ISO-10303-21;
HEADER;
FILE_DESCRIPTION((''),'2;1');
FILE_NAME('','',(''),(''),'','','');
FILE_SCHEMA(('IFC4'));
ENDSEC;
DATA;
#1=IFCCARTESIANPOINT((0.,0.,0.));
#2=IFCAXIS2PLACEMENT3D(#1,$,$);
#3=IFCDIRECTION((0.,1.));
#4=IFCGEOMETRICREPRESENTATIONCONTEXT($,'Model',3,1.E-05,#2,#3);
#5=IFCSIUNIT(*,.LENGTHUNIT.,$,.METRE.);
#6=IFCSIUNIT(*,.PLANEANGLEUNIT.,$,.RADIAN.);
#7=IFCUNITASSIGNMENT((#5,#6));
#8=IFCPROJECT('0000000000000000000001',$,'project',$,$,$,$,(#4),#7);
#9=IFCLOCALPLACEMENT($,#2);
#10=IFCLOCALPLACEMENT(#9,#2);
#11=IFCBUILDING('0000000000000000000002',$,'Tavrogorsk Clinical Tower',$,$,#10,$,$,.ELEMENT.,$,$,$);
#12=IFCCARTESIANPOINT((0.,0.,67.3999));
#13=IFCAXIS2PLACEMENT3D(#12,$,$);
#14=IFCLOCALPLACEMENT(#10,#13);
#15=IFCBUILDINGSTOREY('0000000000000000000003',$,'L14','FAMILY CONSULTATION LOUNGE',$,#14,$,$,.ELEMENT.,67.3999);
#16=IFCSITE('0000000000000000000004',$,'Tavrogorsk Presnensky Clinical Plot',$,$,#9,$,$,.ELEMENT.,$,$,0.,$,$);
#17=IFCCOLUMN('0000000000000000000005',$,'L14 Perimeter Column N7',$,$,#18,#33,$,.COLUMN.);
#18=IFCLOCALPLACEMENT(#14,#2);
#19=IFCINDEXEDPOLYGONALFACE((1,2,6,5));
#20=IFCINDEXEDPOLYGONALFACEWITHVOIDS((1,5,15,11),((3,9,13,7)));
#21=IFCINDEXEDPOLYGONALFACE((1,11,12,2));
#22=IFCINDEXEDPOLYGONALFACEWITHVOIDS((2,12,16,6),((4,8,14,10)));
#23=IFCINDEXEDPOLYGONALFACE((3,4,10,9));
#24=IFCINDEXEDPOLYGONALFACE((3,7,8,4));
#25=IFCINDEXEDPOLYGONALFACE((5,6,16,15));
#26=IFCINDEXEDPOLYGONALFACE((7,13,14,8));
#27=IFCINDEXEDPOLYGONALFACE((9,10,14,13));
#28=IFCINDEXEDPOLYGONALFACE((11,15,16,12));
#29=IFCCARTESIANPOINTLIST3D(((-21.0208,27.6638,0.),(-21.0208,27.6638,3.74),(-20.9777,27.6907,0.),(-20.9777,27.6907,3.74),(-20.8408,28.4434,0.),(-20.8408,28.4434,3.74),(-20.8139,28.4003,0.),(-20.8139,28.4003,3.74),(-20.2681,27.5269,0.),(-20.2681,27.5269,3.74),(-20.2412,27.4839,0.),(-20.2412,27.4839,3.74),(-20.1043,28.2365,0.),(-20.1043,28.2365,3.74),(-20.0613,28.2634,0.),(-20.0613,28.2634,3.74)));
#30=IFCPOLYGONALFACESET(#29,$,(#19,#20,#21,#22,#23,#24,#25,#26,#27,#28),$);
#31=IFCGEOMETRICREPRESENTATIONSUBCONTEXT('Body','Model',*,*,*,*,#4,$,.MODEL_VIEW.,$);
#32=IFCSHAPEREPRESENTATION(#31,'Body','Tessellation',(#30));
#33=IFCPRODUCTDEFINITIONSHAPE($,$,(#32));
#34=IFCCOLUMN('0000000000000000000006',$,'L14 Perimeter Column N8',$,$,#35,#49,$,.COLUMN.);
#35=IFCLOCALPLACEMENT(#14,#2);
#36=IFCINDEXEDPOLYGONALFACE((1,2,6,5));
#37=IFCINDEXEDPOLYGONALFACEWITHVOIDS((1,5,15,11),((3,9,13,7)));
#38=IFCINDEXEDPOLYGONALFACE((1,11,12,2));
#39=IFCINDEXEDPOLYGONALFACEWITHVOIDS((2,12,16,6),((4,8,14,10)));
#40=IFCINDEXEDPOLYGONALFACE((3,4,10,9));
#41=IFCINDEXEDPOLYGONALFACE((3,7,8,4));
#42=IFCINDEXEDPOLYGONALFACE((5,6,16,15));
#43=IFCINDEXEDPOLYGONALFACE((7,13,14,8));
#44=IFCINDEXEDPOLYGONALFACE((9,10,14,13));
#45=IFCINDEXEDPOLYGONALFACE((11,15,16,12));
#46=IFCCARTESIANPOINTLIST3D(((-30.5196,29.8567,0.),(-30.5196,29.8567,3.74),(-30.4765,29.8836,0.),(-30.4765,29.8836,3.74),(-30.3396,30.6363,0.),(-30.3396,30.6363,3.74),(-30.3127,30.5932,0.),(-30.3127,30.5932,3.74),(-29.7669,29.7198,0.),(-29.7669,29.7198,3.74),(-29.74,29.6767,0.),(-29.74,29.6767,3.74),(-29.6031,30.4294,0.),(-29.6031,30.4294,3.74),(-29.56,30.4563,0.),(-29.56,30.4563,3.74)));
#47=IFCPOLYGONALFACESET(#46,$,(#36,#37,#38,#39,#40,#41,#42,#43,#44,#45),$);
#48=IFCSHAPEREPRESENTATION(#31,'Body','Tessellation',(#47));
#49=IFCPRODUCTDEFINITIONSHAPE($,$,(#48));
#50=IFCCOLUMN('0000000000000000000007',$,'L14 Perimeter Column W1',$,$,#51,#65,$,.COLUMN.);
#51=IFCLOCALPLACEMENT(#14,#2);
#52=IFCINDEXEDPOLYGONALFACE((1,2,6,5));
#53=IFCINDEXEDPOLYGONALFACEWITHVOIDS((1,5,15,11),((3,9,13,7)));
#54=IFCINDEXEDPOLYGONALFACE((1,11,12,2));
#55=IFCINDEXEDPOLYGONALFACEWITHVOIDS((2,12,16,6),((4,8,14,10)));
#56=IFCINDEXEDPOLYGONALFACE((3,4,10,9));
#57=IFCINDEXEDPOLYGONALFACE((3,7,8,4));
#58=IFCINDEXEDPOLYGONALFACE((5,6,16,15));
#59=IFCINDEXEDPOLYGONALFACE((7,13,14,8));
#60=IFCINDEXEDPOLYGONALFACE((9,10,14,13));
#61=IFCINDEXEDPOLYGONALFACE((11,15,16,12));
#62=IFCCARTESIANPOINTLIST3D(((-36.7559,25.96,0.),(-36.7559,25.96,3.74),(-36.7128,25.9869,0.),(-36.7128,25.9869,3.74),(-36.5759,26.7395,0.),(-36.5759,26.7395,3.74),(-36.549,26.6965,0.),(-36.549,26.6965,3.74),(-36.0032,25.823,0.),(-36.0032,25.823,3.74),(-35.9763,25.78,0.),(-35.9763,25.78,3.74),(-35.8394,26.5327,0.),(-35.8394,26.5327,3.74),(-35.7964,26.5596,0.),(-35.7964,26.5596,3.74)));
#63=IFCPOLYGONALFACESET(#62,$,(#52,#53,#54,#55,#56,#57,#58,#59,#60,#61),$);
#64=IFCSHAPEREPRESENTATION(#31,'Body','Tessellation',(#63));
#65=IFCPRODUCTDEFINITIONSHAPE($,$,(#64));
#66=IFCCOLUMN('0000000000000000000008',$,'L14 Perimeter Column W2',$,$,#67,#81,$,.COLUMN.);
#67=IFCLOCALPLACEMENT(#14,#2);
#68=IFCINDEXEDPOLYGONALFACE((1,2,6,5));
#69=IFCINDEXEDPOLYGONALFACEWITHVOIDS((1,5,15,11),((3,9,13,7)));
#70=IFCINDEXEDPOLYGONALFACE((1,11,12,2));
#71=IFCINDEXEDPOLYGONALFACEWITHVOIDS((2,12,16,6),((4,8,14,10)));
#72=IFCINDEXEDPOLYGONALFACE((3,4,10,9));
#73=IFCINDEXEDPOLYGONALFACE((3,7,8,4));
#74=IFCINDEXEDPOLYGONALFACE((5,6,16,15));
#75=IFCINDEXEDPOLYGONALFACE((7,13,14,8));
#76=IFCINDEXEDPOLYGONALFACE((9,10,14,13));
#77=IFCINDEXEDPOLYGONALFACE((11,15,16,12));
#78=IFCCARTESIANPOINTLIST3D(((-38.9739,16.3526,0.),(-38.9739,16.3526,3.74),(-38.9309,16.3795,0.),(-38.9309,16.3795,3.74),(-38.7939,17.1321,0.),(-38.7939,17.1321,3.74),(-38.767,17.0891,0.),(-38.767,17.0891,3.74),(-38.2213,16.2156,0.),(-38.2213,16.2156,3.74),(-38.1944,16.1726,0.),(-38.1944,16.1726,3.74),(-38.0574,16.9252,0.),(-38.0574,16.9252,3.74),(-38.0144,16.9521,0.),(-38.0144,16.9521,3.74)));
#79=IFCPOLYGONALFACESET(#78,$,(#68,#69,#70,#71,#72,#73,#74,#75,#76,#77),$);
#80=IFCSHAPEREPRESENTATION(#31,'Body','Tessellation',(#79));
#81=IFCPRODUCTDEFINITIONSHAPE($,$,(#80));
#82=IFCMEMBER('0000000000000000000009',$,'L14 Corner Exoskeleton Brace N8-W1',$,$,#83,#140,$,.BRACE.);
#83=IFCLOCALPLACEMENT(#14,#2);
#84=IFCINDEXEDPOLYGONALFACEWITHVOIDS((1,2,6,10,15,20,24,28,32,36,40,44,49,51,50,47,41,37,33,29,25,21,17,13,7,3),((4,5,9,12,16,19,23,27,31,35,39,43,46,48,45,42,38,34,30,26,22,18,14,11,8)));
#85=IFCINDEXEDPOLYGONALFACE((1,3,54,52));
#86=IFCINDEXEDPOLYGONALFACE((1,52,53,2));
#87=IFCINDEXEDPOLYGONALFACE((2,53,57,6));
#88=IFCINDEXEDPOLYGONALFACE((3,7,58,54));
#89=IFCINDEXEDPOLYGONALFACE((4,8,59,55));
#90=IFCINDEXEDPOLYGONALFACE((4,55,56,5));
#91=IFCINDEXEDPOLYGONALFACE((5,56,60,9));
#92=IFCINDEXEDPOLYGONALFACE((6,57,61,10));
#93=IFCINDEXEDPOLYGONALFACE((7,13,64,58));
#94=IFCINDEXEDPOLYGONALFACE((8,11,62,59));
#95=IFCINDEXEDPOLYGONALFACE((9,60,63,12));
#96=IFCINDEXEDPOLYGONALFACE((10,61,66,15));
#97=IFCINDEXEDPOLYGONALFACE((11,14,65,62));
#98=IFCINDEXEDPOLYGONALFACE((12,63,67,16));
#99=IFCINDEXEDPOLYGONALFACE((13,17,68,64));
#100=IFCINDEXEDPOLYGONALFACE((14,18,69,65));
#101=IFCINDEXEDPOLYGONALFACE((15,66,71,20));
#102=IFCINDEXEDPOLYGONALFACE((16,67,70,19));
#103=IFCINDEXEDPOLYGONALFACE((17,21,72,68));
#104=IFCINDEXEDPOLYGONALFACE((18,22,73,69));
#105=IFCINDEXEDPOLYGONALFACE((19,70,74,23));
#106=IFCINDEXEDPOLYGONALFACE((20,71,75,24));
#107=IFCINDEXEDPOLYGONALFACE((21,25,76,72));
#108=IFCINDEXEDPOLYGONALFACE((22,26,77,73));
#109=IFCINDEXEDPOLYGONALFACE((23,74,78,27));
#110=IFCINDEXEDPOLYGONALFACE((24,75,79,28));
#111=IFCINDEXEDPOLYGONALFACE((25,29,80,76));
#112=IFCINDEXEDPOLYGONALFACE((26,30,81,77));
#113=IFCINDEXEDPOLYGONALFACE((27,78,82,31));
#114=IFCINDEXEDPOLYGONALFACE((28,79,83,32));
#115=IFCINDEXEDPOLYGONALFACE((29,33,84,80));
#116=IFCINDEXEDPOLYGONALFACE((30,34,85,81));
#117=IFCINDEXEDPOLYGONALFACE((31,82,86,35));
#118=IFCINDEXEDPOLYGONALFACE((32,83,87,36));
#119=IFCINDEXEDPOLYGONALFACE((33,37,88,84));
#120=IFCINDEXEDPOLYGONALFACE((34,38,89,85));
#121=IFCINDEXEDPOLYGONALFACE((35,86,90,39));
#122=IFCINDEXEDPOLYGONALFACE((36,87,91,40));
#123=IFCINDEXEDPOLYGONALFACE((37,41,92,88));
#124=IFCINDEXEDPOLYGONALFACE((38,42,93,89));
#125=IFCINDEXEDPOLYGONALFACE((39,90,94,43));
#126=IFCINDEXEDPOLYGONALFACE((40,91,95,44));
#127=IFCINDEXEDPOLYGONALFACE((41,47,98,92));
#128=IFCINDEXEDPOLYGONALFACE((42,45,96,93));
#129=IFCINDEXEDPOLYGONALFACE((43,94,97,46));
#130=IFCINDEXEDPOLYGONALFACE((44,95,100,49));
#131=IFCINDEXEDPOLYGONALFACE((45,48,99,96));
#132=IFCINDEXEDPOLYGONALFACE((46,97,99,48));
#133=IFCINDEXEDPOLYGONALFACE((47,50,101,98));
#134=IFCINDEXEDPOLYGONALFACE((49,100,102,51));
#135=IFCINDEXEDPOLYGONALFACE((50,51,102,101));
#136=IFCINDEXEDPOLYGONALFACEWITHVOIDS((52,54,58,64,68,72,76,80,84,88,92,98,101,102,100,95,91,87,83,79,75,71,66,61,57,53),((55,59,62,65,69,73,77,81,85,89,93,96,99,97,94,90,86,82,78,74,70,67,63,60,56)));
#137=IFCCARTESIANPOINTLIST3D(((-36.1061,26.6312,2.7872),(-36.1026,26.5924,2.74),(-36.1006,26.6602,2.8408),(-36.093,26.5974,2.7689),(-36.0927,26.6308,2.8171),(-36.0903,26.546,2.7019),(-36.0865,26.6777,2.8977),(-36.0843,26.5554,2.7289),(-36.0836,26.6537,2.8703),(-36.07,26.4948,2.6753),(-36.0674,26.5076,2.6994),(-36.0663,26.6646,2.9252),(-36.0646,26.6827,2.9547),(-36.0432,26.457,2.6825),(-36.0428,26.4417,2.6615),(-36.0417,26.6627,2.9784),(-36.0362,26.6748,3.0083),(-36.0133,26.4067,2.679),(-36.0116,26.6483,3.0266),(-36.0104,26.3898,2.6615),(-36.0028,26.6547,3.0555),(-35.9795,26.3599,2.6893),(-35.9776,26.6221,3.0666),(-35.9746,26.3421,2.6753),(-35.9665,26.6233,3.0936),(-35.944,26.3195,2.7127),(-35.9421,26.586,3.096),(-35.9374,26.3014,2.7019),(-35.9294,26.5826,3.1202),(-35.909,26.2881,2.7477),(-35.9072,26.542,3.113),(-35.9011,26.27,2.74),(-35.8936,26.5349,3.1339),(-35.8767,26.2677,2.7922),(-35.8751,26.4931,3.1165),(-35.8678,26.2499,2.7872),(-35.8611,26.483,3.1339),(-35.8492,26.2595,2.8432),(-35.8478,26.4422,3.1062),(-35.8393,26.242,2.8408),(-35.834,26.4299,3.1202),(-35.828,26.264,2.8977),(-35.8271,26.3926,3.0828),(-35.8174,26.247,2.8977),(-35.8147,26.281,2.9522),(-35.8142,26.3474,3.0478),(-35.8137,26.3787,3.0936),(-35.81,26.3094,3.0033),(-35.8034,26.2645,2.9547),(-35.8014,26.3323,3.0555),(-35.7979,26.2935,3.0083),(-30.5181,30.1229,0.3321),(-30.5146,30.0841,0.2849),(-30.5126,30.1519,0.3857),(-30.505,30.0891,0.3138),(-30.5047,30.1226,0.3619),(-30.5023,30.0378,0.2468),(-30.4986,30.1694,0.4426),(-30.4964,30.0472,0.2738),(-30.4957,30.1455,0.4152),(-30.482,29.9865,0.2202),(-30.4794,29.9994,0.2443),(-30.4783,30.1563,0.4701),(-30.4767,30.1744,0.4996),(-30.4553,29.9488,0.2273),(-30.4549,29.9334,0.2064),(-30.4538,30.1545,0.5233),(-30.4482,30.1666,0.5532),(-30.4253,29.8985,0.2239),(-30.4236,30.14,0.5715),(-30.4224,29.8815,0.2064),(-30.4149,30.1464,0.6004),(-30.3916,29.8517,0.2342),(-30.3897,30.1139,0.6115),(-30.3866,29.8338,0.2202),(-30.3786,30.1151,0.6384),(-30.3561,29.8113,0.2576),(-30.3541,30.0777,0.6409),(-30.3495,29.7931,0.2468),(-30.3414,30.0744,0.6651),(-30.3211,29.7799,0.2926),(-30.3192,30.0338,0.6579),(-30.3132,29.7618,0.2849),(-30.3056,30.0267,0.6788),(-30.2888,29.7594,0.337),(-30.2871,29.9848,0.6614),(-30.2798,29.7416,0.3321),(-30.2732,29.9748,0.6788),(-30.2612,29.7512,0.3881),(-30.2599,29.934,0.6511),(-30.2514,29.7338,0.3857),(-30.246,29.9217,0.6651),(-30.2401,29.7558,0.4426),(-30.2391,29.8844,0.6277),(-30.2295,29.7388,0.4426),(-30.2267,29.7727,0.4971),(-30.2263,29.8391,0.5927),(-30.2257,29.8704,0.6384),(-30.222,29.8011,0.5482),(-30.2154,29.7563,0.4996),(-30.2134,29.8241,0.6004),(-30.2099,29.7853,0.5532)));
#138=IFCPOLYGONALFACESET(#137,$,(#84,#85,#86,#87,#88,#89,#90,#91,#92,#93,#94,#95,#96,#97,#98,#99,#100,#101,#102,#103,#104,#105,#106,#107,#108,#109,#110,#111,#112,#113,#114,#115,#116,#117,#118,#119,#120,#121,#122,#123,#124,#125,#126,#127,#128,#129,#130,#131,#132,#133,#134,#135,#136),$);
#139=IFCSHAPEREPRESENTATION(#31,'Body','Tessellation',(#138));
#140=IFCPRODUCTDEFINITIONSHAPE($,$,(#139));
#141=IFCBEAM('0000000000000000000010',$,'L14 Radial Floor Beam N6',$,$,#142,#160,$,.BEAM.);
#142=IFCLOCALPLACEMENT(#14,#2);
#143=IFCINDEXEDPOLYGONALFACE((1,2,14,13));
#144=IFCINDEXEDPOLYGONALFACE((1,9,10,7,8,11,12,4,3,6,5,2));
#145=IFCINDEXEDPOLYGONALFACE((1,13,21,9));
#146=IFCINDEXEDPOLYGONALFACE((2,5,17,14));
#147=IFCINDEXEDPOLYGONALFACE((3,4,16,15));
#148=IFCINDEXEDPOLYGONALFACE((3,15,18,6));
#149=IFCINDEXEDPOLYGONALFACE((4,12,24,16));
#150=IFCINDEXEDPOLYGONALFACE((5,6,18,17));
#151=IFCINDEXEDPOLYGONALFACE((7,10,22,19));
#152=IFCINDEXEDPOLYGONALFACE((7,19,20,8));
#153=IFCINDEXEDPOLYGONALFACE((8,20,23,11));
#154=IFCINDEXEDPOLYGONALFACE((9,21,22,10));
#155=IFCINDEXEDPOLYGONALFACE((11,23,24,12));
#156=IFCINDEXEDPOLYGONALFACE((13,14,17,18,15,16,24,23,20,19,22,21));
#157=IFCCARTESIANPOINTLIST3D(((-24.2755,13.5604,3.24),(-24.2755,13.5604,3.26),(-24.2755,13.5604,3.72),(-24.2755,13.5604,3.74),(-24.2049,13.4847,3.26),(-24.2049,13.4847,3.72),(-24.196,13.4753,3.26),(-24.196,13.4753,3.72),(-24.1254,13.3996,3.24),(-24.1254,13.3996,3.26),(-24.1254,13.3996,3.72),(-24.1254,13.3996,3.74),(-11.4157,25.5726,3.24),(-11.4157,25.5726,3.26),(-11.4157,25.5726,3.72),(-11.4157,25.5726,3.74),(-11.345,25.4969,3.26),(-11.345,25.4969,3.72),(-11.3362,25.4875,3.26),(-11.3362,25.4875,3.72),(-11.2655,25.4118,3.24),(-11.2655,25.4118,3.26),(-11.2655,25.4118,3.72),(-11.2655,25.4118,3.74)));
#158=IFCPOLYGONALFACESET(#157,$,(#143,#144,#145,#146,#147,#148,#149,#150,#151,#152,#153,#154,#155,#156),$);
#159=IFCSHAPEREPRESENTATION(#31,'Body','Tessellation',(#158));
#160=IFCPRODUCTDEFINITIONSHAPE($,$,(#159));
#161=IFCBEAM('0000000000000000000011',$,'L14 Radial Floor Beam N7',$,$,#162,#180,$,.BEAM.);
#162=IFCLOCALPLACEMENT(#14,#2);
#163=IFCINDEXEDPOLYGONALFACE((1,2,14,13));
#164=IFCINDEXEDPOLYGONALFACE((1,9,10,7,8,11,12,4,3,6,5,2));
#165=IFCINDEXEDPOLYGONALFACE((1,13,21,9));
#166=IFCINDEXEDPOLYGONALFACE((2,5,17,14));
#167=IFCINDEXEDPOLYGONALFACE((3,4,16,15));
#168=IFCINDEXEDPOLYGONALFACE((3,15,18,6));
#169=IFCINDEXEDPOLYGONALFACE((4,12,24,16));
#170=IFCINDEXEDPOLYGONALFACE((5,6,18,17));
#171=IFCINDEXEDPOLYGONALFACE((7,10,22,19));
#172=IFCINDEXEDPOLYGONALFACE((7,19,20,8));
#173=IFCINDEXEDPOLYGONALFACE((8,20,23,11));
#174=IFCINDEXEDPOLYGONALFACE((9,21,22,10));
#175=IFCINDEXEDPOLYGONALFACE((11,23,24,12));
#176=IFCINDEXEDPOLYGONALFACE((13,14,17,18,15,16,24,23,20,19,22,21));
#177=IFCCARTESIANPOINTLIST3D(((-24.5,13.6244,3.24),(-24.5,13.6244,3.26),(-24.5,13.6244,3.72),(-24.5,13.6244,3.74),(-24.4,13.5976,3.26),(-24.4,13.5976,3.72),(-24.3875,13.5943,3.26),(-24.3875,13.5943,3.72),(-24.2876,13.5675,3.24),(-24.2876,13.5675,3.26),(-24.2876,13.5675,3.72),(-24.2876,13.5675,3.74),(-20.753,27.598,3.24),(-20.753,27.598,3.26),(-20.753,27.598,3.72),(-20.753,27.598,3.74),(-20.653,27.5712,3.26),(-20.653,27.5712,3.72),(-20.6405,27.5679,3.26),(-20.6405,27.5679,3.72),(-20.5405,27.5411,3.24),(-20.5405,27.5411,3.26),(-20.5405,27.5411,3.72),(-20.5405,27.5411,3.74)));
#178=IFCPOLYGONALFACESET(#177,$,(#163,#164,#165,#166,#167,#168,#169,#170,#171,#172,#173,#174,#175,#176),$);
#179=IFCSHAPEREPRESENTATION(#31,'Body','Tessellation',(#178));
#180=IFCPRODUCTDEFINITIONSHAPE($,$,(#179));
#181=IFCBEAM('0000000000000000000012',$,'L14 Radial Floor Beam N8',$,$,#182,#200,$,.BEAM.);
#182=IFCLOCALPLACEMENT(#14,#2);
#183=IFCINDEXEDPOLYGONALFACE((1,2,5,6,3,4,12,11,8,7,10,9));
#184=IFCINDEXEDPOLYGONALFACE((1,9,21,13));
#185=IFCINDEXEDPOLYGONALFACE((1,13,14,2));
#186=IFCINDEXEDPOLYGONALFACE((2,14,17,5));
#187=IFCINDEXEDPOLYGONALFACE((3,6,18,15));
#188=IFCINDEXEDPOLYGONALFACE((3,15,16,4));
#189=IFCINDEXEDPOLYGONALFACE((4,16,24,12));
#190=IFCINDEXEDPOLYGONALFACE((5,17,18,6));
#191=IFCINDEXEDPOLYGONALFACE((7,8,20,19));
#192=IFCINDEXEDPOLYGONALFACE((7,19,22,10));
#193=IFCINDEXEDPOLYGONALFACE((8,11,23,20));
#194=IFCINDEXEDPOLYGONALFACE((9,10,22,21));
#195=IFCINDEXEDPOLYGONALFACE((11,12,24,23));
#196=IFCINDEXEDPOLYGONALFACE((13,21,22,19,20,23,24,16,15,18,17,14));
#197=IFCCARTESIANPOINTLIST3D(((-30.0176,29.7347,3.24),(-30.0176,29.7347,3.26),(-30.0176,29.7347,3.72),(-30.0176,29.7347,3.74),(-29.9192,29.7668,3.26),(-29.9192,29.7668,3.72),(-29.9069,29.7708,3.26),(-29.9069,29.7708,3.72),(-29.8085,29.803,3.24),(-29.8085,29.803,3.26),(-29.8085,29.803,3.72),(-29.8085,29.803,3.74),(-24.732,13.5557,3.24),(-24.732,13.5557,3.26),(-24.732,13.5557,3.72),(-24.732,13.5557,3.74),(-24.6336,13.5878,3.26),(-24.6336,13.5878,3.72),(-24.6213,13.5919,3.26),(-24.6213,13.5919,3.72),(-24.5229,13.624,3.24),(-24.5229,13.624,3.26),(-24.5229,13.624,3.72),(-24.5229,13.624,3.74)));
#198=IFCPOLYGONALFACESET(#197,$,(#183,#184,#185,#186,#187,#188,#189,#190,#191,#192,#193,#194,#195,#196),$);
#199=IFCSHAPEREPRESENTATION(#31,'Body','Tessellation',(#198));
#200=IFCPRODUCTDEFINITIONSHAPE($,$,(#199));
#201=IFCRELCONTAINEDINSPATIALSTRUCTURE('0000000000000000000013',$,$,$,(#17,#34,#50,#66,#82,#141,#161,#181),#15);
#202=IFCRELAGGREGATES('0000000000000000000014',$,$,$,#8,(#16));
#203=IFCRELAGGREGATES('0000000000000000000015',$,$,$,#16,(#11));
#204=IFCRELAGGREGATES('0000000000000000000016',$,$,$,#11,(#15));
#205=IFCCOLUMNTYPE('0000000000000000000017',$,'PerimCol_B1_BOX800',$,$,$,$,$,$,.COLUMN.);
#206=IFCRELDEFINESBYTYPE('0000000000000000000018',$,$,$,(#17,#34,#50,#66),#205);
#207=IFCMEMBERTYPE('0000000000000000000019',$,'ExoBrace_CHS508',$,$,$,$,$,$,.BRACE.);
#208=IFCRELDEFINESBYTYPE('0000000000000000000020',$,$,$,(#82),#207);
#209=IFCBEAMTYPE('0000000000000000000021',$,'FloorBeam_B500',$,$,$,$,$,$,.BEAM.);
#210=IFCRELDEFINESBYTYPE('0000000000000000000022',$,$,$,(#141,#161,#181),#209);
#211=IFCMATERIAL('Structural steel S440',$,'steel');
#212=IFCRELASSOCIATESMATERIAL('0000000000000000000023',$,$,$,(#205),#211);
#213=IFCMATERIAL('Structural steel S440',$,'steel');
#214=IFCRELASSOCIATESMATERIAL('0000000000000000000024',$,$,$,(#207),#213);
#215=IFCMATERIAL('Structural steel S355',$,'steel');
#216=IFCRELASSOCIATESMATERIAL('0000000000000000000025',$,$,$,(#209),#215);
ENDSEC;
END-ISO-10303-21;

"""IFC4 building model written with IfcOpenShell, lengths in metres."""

from ifc_helpers import new_model, si_unit, direction, frame, origin, origin_2d, place, context, subcontext, project, spatial, hollow_rectangle, hollow_circle, i_section, extrude, material, material_profile, profile_set, type_object, element, save


model = new_model("IFC4")

# Units and contexts
model_context = context("Model", 3, precision=1e-05, world=origin(), true_north=direction((0.0, 1.0)))
body_context = subcontext(model_context, "Body", "Model", "MODEL_VIEW")
ifc_project = project(units=[si_unit("LENGTHUNIT", "METRE"), si_unit("PLANEANGLEUNIT", "RADIAN")], contexts=[model_context])

# Site, building, storey
site_placement = place(None, origin())
site = spatial("IfcSite", under=ifc_project, at=site_placement, Name="Tavrogorsk Presnensky Clinical Plot", CompositionType="ELEMENT", RefElevation=0.0)
building_placement = place(site_placement, origin())
building = spatial("IfcBuilding", under=site, at=building_placement, Name="Tavrogorsk Clinical Tower", CompositionType="ELEMENT")
storey_placement = place(building_placement, frame((0.0, 0.0, 67.3999)))
storey = spatial("IfcBuildingStorey", under=building, at=storey_placement, Name="L14", Description="FAMILY CONSULTATION LOUNGE", CompositionType="ELEMENT", Elevation=67.3999)

# Columns
ifc_material_1 = material(Name="Structural steel S440", Category="steel")
ifc_material_profile_1 = material_profile(ifc_material_1, hollow_rectangle(XDim=0.8, YDim=0.8, WallThickness=0.0359, at=origin_2d()), Name="BOX-800x800x36")
ifc_profile_set_1 = profile_set([ifc_material_profile_1], Name="Structural steel S440")
column_type = type_object("IfcColumnType", Name="PerimCol_B1_BOX800", PredefinedType="COLUMN", material=ifc_profile_set_1)
for number, where, z_axis, x_axis, name in (
    (1, (-20.541, 27.9636, 0.0), (0.0, 0.0, 1.0), (0.97437, -0.224951, 0.0), "L14 Perimeter Column N7"),
    (2, (-30.0398, 30.1565, 0.0), (0.0, 0.0, 1.0), (0.97437, -0.224951, 0.0), "L14 Perimeter Column N8"),
    (3, (-36.2761, 26.2598, 0.0), (0.0, 0.0, 1.0), (0.97437, -0.224951, 0.0), "L14 Perimeter Column W1"),
    (4, (-38.4941, 16.6523, 0.0), (0.0, 0.0, 1.0), (0.97437, -0.224951, 0.0), "L14 Perimeter Column W2"),
):
    element("IfcColumn", number, at=place(storey_placement, frame(where, z_axis=z_axis, x_axis=x_axis)), inside=storey, type_object=column_type, Name=name, PredefinedType="COLUMN", context=body_context, shape_type="SweptSolid", body=[
        extrude(hollow_rectangle(XDim=0.8, YDim=0.8, WallThickness=0.0359, at=origin_2d()), origin(), (0.0, 0.0, 1.0), 3.74),
    ])

# Member
ifc_material_2 = material(Name="Structural steel S440", Category="steel")
ifc_material_profile_2 = material_profile(ifc_material_2, hollow_circle(Radius=0.2539, WallThickness=0.02, at=origin_2d()), Name="CHS-508x20")
ifc_profile_set_2 = profile_set([ifc_material_profile_2], Name="Structural steel S440")
member_type_1 = type_object("IfcMemberType", Name="ExoBrace_CHS508", PredefinedType="BRACE", material=ifc_profile_set_2)
member_1_placement = place(storey_placement, frame((-30.364, 29.9541, 0.4426), z_axis=(-0.794679, -0.49657, 0.349148), x_axis=(0.529919, -0.848048, 0.0)))
element("IfcMember", 5, at=member_1_placement, inside=storey, type_object=member_type_1, Name="L14 Corner Exoskeleton Brace N8-W1", PredefinedType="BRACE", context=body_context, shape_type="SweptSolid", body=[
    extrude(hollow_circle(Radius=0.2539, WallThickness=0.02, at=origin_2d()), origin(), (0.0, 0.0, 1.0), 7.0317),
])

# Beams
ifc_material_3 = material(Name="Structural steel S355", Category="steel")
ifc_material_profile_3 = material_profile(ifc_material_3, i_section(OverallWidth=0.22, OverallDepth=0.5, WebThickness=0.0129, FlangeThickness=0.02, at=origin_2d()), Name="B-500x220x13x20")
ifc_profile_set_3 = profile_set([ifc_material_profile_3], Name="Structural steel S355")
beam_type_1 = type_object("IfcBeamType", Name="FloorBeam_B500", PredefinedType="BEAM", material=ifc_profile_set_3)
beam_1_placement = place(storey_placement, frame((-24.2004, 13.48, 3.49), z_axis=(0.730781, 0.682612, 0.0), x_axis=(-0.682612, 0.730781, 0.0)))
element("IfcBeam", 6, at=beam_1_placement, inside=storey, type_object=beam_type_1, Name="L14 Radial Floor Beam N6", PredefinedType="BEAM", context=body_context, shape_type="SweptSolid", body=[
    extrude(i_section(OverallWidth=0.22, OverallDepth=0.5, WebThickness=0.0129, FlangeThickness=0.02, at=origin_2d()), origin(), (0.0, 0.0, 1.0), 17.5974),
])
beam_2_placement = place(storey_placement, frame((-24.3938, 13.5959, 3.49), z_axis=(0.259003, 0.965877, 0.0), x_axis=(-0.965877, 0.259003, 0.0)))
element("IfcBeam", 7, at=beam_2_placement, inside=storey, type_object=beam_type_1, Name="L14 Radial Floor Beam N7", PredefinedType="BEAM", context=body_context, shape_type="SweptSolid", body=[
    extrude(i_section(OverallWidth=0.22, OverallDepth=0.5, WebThickness=0.0129, FlangeThickness=0.02, at=origin_2d()), origin(), (0.0, 0.0, 1.0), 14.4673),
])
beam_3_placement = place(storey_placement, frame((-24.6274, 13.5898, 3.49), z_axis=(-0.310546, 0.950558, 0.0), x_axis=(-0.950558, -0.310546, 0.0)))
element("IfcBeam", 8, at=beam_3_placement, inside=storey, type_object=beam_type_1, Name="L14 Radial Floor Beam N8", PredefinedType="BEAM", context=body_context, shape_type="SweptSolid", body=[
    extrude(i_section(OverallWidth=0.22, OverallDepth=0.5, WebThickness=0.0129, FlangeThickness=0.02, at=origin_2d()), origin(), (0.0, 0.0, 1.0), 17.0205),
])

save(model, "model.ifc")
